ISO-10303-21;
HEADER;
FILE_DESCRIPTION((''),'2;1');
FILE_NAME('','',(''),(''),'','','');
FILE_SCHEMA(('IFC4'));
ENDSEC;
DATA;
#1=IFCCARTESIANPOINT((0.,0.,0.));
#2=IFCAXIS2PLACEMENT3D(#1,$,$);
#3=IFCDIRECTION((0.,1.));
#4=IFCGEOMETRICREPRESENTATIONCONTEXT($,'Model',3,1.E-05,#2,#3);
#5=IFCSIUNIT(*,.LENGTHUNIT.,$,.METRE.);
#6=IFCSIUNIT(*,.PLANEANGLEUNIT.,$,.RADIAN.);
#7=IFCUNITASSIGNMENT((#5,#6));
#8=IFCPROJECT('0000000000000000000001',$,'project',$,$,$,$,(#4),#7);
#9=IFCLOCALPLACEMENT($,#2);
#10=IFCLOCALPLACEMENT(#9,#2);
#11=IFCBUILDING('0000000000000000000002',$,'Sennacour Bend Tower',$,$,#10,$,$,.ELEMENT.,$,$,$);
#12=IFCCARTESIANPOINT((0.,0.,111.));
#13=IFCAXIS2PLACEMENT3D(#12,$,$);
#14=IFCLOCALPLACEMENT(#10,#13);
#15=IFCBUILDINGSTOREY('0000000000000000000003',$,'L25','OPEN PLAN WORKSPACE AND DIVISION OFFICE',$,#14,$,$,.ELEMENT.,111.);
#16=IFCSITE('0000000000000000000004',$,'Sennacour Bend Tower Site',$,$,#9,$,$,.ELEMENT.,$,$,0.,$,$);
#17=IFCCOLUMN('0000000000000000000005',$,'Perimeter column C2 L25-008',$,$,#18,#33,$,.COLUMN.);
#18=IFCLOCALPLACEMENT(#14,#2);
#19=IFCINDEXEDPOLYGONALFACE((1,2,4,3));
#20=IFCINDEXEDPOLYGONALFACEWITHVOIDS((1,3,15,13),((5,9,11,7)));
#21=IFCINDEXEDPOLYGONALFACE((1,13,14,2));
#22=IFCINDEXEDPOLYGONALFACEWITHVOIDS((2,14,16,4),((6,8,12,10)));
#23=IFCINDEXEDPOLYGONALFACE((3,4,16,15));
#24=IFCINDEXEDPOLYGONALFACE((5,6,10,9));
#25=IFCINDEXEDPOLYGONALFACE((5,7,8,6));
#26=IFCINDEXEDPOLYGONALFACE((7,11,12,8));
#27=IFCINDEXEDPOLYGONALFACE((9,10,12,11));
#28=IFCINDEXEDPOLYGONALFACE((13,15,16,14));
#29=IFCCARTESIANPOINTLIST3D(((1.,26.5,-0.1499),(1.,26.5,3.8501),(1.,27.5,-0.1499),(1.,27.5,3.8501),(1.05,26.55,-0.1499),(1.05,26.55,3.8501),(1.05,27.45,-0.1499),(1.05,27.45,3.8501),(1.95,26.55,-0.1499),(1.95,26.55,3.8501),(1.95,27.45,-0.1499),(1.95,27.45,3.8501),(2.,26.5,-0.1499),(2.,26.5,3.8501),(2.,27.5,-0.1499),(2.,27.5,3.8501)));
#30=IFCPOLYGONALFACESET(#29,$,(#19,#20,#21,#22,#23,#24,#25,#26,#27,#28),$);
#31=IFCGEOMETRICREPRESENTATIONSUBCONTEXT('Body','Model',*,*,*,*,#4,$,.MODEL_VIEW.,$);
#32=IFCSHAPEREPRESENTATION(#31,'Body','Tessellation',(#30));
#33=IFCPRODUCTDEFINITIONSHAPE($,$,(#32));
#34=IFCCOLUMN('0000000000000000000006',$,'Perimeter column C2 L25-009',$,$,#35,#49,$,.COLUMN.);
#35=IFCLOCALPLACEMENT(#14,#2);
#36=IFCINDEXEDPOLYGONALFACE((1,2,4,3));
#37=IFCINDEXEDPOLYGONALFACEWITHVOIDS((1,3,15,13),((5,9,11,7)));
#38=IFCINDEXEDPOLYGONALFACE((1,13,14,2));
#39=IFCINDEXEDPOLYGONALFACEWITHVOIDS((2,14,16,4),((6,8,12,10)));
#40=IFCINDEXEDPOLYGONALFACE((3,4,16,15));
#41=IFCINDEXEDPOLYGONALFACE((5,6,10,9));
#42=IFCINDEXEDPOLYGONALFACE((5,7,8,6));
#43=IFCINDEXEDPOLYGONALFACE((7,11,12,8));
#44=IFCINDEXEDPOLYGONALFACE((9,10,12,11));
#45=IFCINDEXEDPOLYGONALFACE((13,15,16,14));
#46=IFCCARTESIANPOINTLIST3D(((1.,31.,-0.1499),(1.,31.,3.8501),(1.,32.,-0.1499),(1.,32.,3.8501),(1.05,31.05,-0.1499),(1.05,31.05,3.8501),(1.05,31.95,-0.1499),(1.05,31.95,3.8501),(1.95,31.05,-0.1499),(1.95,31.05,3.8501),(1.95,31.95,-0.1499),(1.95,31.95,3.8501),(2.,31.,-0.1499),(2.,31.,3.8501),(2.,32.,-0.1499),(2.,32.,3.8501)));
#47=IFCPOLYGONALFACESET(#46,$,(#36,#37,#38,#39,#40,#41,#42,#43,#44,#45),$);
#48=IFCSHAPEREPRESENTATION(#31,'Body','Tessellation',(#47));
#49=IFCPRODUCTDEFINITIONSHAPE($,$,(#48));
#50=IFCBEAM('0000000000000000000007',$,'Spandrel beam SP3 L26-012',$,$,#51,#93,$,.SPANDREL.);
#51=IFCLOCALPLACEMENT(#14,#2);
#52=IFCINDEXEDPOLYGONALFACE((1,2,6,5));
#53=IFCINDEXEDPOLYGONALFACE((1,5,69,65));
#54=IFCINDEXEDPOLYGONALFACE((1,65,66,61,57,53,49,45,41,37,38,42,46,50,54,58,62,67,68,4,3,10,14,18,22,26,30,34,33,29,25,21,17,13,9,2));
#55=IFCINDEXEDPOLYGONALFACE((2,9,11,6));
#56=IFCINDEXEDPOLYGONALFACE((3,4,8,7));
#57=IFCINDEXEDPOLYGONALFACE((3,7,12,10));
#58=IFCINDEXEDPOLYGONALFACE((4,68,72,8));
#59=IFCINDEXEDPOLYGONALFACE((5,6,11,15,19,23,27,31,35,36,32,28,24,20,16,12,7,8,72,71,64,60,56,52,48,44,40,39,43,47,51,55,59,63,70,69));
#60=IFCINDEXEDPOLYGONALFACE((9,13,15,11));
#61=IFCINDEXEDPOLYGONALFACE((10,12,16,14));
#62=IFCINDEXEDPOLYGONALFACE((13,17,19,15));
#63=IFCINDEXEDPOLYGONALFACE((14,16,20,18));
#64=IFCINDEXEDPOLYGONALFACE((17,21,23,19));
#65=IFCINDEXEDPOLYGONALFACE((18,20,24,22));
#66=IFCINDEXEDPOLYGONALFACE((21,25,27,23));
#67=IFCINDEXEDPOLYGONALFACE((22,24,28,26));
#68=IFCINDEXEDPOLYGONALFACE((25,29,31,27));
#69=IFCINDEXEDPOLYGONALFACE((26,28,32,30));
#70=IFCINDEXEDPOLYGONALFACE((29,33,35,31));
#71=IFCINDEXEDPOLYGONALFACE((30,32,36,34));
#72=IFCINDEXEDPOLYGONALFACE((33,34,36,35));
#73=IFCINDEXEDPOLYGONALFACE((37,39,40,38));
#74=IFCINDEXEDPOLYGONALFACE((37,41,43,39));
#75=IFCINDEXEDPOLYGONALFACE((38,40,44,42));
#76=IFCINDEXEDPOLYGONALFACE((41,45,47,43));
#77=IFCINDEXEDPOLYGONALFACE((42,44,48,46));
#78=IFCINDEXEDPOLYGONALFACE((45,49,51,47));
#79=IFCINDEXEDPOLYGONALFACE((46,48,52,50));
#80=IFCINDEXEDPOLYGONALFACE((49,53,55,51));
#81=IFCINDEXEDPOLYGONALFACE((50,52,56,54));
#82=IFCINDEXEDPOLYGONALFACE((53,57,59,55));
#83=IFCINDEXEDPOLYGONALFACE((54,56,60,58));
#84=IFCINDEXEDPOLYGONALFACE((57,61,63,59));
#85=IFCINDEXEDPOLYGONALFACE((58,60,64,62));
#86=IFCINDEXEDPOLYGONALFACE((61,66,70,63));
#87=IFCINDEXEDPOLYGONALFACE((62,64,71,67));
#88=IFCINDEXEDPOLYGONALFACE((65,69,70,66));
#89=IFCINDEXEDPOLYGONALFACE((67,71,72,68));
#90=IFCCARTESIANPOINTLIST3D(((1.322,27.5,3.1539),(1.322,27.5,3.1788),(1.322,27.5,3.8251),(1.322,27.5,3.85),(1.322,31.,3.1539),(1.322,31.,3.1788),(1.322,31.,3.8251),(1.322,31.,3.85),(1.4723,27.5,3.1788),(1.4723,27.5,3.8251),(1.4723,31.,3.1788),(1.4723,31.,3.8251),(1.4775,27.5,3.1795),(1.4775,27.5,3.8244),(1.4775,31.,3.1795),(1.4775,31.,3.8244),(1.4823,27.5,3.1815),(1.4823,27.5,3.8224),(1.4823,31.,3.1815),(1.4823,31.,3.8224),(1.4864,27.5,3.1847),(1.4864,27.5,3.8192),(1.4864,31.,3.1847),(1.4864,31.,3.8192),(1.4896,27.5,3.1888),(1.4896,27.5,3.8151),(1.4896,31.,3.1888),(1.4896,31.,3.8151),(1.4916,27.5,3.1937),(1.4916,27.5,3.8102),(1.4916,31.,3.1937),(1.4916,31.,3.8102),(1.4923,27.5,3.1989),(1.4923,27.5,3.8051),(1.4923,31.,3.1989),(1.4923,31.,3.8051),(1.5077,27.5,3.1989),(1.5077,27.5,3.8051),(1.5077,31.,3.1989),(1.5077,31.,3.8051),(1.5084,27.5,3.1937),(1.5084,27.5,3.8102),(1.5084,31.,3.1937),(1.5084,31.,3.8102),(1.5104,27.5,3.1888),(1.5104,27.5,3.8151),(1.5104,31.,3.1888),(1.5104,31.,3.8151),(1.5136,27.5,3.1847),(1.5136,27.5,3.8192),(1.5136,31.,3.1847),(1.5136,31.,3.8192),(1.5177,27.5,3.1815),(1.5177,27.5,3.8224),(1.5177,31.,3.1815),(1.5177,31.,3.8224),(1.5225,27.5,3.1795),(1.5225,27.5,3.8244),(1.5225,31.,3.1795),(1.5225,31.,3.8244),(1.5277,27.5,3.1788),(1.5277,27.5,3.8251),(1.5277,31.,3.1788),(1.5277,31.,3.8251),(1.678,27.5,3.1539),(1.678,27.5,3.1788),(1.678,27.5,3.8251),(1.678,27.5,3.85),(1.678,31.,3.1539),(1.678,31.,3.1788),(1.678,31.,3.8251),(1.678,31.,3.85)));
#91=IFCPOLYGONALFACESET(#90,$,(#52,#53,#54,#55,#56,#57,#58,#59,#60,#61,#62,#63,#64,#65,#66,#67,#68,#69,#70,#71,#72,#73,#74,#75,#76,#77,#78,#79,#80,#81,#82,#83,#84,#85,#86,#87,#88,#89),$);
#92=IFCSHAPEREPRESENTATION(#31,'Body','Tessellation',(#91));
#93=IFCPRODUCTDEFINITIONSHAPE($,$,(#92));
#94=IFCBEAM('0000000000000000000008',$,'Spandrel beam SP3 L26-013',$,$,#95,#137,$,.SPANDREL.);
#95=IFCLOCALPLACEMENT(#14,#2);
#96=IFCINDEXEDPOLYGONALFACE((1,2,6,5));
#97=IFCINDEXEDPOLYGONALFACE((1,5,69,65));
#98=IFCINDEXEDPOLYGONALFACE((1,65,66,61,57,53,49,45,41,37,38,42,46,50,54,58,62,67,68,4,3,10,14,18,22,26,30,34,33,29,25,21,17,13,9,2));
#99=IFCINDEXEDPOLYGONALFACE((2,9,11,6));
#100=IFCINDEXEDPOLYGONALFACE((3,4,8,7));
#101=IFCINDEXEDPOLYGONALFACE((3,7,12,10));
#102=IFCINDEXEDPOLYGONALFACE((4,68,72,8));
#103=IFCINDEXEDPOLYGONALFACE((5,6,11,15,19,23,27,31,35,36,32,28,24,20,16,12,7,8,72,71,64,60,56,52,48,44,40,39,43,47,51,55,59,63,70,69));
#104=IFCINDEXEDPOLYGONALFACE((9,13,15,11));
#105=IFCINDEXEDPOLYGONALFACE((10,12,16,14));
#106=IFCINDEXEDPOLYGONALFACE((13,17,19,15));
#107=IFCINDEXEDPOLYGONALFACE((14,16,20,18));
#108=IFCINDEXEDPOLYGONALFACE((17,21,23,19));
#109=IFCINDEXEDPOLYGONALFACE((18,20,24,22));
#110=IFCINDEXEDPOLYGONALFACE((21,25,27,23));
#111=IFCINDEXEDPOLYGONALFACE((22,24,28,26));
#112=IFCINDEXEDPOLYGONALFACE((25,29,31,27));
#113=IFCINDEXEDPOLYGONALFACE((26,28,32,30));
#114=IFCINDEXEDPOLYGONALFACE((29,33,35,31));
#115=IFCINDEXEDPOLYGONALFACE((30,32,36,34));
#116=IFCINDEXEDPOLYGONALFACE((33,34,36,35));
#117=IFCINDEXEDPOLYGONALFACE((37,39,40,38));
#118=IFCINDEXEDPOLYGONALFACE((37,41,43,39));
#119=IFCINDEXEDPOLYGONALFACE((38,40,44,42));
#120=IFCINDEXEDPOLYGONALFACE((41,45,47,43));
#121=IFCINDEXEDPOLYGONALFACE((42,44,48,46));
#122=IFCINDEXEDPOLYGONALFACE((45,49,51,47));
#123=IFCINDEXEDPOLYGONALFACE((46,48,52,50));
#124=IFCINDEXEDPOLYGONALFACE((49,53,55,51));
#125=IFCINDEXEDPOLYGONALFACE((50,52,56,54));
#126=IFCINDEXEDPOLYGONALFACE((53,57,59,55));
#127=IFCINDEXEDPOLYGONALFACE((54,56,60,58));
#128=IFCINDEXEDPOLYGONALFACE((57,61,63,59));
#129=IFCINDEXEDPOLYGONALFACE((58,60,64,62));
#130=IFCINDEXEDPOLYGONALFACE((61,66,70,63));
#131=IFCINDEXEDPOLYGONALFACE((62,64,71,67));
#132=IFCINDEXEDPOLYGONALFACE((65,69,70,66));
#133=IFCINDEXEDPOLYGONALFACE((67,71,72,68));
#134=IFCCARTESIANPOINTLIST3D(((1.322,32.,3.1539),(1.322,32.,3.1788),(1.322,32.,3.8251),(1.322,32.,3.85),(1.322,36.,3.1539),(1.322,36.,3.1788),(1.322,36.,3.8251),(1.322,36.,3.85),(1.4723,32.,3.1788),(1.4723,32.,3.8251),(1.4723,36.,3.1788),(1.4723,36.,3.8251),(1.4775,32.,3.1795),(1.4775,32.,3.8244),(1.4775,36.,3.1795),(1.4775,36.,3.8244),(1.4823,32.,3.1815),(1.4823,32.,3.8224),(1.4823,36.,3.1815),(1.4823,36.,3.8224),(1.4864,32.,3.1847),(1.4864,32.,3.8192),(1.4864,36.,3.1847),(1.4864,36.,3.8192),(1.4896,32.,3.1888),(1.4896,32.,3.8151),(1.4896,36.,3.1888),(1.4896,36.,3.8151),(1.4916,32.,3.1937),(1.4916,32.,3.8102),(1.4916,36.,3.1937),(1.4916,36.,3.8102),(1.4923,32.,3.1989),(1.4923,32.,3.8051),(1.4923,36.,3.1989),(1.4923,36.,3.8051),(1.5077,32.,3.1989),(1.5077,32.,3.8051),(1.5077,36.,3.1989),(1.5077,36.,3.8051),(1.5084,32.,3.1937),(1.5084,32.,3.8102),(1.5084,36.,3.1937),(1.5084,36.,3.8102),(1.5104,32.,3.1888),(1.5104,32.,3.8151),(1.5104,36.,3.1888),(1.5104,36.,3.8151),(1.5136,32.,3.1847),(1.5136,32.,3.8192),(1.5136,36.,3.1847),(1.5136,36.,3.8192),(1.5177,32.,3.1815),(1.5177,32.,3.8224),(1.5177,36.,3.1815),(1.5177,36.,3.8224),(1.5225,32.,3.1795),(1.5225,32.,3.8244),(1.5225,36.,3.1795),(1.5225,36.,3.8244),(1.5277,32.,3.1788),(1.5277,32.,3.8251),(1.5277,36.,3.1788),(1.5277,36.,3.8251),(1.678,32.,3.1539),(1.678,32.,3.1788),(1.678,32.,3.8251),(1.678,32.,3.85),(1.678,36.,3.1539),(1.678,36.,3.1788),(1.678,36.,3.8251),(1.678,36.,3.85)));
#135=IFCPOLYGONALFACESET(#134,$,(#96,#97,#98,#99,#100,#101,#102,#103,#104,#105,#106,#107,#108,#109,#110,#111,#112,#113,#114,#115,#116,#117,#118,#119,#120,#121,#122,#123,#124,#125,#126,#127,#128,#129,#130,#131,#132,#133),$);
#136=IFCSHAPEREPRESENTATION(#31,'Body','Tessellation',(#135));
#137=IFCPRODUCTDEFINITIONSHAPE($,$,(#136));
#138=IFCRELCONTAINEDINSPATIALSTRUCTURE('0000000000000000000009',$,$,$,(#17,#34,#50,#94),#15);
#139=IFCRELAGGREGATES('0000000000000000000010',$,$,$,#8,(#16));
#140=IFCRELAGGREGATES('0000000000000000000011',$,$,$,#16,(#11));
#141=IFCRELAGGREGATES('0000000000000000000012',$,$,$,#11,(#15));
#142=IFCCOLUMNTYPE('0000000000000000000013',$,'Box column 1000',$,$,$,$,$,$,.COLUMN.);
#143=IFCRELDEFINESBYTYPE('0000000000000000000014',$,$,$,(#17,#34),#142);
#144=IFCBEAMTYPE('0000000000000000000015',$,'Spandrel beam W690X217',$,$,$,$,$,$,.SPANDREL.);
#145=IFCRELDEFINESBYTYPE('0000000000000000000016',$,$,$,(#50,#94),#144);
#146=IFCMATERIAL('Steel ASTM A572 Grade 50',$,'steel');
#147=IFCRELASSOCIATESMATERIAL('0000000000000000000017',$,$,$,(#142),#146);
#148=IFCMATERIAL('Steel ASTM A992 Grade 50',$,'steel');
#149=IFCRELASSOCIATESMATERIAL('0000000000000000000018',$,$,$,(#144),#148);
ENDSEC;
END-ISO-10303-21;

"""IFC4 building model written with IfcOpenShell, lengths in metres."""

from ifc_helpers import new_model, si_unit, direction, frame, origin, origin_2d, place, context, subcontext, project, spatial, hollow_rectangle, i_section, extrude, material, material_profile, profile_set, type_object, element, save


model = new_model("IFC4")

# Units and contexts
model_context = context("Model", 3, precision=1e-05, world=origin(), true_north=direction((0.0, 1.0)))
body_context = subcontext(model_context, "Body", "Model", "MODEL_VIEW")
ifc_project = project(units=[si_unit("LENGTHUNIT", "METRE"), si_unit("PLANEANGLEUNIT", "RADIAN")], contexts=[model_context])

# Site, building, storey
site_placement = place(None, origin())
site = spatial("IfcSite", under=ifc_project, at=site_placement, Name="Sennacour Bend Tower Site", CompositionType="ELEMENT", RefElevation=0.0)
building_placement = place(site_placement, origin())
building = spatial("IfcBuilding", under=site, at=building_placement, Name="Sennacour Bend Tower", CompositionType="ELEMENT")
storey_placement = place(building_placement, frame((0.0, 0.0, 111.0)))
storey = spatial("IfcBuildingStorey", under=building, at=storey_placement, Name="L25", Description="OPEN PLAN WORKSPACE AND DIVISION OFFICE", CompositionType="ELEMENT", Elevation=111.0)

# Columns
ifc_material_1 = material(Name="Steel ASTM A572 Grade 50", Category="steel")
ifc_material_profile_1 = material_profile(ifc_material_1, hollow_rectangle(XDim=1.0, YDim=1.0, WallThickness=0.05, at=origin_2d()), Name="Steel ASTM A572 Grade 50", Category="steel")
ifc_profile_set_1 = profile_set([ifc_material_profile_1], Name="Steel ASTM A572 Grade 50")
column_type = type_object("IfcColumnType", Name="Box column 1000", PredefinedType="COLUMN", material=ifc_profile_set_1)
for number, where, z_axis, x_axis, name in (
    (1, (1.5, 27.0, -0.1499), (0.0, 0.0, 1.0), (1.0, 0.0, 0.0), "Perimeter column C2 L25-008"),
    (2, (1.5, 31.5, -0.1499), (0.0, 0.0, 1.0), (1.0, 0.0, 0.0), "Perimeter column C2 L25-009"),
):
    element("IfcColumn", number, at=place(storey_placement, frame(where, z_axis=z_axis, x_axis=x_axis)), inside=storey, type_object=column_type, Name=name, PredefinedType="COLUMN", context=body_context, shape_type="SweptSolid", body=[
        extrude(hollow_rectangle(XDim=1.0, YDim=1.0, WallThickness=0.05, at=origin_2d()), origin(), (0.0, 0.0, 1.0), 4.0),
    ])

# Beams
ifc_material_2 = material(Name="Steel ASTM A992 Grade 50", Category="steel")
ifc_material_profile_2 = material_profile(ifc_material_2, i_section(OverallWidth=0.356, OverallDepth=0.696, WebThickness=0.0154, FlangeThickness=0.0249, FilletRadius=0.02, at=origin_2d()), Name="Steel ASTM A992 Grade 50", Category="steel")
ifc_profile_set_2 = profile_set([ifc_material_profile_2], Name="Steel ASTM A992 Grade 50")
beam_type = type_object("IfcBeamType", Name="Spandrel beam W690X217", PredefinedType="SPANDREL", material=ifc_profile_set_2)
beam_1_placement = place(storey_placement, frame((1.5, 27.5, 3.502), z_axis=(0.0, 1.0, 0.0), x_axis=(-1.0, 0.0, 0.0)))
element("IfcBeam", 3, at=beam_1_placement, inside=storey, type_object=beam_type, Name="Spandrel beam SP3 L26-012", PredefinedType="SPANDREL", context=body_context, shape_type="SweptSolid", body=[
    extrude(i_section(OverallWidth=0.356, OverallDepth=0.696, WebThickness=0.0154, FlangeThickness=0.0249, FilletRadius=0.02, at=origin_2d()), origin(), (0.0, 0.0, 1.0), 3.5),
])
beam_2_placement = place(storey_placement, frame((1.5, 32.0, 3.502), z_axis=(0.0, 1.0, 0.0), x_axis=(-1.0, 0.0, 0.0)))
element("IfcBeam", 4, at=beam_2_placement, inside=storey, type_object=beam_type, Name="Spandrel beam SP3 L26-013", PredefinedType="SPANDREL", context=body_context, shape_type="SweptSolid", body=[
    extrude(i_section(OverallWidth=0.356, OverallDepth=0.696, WebThickness=0.0154, FlangeThickness=0.0249, FilletRadius=0.02, at=origin_2d()), origin(), (0.0, 0.0, 1.0), 4.0),
])

save(model, "model.ifc")
